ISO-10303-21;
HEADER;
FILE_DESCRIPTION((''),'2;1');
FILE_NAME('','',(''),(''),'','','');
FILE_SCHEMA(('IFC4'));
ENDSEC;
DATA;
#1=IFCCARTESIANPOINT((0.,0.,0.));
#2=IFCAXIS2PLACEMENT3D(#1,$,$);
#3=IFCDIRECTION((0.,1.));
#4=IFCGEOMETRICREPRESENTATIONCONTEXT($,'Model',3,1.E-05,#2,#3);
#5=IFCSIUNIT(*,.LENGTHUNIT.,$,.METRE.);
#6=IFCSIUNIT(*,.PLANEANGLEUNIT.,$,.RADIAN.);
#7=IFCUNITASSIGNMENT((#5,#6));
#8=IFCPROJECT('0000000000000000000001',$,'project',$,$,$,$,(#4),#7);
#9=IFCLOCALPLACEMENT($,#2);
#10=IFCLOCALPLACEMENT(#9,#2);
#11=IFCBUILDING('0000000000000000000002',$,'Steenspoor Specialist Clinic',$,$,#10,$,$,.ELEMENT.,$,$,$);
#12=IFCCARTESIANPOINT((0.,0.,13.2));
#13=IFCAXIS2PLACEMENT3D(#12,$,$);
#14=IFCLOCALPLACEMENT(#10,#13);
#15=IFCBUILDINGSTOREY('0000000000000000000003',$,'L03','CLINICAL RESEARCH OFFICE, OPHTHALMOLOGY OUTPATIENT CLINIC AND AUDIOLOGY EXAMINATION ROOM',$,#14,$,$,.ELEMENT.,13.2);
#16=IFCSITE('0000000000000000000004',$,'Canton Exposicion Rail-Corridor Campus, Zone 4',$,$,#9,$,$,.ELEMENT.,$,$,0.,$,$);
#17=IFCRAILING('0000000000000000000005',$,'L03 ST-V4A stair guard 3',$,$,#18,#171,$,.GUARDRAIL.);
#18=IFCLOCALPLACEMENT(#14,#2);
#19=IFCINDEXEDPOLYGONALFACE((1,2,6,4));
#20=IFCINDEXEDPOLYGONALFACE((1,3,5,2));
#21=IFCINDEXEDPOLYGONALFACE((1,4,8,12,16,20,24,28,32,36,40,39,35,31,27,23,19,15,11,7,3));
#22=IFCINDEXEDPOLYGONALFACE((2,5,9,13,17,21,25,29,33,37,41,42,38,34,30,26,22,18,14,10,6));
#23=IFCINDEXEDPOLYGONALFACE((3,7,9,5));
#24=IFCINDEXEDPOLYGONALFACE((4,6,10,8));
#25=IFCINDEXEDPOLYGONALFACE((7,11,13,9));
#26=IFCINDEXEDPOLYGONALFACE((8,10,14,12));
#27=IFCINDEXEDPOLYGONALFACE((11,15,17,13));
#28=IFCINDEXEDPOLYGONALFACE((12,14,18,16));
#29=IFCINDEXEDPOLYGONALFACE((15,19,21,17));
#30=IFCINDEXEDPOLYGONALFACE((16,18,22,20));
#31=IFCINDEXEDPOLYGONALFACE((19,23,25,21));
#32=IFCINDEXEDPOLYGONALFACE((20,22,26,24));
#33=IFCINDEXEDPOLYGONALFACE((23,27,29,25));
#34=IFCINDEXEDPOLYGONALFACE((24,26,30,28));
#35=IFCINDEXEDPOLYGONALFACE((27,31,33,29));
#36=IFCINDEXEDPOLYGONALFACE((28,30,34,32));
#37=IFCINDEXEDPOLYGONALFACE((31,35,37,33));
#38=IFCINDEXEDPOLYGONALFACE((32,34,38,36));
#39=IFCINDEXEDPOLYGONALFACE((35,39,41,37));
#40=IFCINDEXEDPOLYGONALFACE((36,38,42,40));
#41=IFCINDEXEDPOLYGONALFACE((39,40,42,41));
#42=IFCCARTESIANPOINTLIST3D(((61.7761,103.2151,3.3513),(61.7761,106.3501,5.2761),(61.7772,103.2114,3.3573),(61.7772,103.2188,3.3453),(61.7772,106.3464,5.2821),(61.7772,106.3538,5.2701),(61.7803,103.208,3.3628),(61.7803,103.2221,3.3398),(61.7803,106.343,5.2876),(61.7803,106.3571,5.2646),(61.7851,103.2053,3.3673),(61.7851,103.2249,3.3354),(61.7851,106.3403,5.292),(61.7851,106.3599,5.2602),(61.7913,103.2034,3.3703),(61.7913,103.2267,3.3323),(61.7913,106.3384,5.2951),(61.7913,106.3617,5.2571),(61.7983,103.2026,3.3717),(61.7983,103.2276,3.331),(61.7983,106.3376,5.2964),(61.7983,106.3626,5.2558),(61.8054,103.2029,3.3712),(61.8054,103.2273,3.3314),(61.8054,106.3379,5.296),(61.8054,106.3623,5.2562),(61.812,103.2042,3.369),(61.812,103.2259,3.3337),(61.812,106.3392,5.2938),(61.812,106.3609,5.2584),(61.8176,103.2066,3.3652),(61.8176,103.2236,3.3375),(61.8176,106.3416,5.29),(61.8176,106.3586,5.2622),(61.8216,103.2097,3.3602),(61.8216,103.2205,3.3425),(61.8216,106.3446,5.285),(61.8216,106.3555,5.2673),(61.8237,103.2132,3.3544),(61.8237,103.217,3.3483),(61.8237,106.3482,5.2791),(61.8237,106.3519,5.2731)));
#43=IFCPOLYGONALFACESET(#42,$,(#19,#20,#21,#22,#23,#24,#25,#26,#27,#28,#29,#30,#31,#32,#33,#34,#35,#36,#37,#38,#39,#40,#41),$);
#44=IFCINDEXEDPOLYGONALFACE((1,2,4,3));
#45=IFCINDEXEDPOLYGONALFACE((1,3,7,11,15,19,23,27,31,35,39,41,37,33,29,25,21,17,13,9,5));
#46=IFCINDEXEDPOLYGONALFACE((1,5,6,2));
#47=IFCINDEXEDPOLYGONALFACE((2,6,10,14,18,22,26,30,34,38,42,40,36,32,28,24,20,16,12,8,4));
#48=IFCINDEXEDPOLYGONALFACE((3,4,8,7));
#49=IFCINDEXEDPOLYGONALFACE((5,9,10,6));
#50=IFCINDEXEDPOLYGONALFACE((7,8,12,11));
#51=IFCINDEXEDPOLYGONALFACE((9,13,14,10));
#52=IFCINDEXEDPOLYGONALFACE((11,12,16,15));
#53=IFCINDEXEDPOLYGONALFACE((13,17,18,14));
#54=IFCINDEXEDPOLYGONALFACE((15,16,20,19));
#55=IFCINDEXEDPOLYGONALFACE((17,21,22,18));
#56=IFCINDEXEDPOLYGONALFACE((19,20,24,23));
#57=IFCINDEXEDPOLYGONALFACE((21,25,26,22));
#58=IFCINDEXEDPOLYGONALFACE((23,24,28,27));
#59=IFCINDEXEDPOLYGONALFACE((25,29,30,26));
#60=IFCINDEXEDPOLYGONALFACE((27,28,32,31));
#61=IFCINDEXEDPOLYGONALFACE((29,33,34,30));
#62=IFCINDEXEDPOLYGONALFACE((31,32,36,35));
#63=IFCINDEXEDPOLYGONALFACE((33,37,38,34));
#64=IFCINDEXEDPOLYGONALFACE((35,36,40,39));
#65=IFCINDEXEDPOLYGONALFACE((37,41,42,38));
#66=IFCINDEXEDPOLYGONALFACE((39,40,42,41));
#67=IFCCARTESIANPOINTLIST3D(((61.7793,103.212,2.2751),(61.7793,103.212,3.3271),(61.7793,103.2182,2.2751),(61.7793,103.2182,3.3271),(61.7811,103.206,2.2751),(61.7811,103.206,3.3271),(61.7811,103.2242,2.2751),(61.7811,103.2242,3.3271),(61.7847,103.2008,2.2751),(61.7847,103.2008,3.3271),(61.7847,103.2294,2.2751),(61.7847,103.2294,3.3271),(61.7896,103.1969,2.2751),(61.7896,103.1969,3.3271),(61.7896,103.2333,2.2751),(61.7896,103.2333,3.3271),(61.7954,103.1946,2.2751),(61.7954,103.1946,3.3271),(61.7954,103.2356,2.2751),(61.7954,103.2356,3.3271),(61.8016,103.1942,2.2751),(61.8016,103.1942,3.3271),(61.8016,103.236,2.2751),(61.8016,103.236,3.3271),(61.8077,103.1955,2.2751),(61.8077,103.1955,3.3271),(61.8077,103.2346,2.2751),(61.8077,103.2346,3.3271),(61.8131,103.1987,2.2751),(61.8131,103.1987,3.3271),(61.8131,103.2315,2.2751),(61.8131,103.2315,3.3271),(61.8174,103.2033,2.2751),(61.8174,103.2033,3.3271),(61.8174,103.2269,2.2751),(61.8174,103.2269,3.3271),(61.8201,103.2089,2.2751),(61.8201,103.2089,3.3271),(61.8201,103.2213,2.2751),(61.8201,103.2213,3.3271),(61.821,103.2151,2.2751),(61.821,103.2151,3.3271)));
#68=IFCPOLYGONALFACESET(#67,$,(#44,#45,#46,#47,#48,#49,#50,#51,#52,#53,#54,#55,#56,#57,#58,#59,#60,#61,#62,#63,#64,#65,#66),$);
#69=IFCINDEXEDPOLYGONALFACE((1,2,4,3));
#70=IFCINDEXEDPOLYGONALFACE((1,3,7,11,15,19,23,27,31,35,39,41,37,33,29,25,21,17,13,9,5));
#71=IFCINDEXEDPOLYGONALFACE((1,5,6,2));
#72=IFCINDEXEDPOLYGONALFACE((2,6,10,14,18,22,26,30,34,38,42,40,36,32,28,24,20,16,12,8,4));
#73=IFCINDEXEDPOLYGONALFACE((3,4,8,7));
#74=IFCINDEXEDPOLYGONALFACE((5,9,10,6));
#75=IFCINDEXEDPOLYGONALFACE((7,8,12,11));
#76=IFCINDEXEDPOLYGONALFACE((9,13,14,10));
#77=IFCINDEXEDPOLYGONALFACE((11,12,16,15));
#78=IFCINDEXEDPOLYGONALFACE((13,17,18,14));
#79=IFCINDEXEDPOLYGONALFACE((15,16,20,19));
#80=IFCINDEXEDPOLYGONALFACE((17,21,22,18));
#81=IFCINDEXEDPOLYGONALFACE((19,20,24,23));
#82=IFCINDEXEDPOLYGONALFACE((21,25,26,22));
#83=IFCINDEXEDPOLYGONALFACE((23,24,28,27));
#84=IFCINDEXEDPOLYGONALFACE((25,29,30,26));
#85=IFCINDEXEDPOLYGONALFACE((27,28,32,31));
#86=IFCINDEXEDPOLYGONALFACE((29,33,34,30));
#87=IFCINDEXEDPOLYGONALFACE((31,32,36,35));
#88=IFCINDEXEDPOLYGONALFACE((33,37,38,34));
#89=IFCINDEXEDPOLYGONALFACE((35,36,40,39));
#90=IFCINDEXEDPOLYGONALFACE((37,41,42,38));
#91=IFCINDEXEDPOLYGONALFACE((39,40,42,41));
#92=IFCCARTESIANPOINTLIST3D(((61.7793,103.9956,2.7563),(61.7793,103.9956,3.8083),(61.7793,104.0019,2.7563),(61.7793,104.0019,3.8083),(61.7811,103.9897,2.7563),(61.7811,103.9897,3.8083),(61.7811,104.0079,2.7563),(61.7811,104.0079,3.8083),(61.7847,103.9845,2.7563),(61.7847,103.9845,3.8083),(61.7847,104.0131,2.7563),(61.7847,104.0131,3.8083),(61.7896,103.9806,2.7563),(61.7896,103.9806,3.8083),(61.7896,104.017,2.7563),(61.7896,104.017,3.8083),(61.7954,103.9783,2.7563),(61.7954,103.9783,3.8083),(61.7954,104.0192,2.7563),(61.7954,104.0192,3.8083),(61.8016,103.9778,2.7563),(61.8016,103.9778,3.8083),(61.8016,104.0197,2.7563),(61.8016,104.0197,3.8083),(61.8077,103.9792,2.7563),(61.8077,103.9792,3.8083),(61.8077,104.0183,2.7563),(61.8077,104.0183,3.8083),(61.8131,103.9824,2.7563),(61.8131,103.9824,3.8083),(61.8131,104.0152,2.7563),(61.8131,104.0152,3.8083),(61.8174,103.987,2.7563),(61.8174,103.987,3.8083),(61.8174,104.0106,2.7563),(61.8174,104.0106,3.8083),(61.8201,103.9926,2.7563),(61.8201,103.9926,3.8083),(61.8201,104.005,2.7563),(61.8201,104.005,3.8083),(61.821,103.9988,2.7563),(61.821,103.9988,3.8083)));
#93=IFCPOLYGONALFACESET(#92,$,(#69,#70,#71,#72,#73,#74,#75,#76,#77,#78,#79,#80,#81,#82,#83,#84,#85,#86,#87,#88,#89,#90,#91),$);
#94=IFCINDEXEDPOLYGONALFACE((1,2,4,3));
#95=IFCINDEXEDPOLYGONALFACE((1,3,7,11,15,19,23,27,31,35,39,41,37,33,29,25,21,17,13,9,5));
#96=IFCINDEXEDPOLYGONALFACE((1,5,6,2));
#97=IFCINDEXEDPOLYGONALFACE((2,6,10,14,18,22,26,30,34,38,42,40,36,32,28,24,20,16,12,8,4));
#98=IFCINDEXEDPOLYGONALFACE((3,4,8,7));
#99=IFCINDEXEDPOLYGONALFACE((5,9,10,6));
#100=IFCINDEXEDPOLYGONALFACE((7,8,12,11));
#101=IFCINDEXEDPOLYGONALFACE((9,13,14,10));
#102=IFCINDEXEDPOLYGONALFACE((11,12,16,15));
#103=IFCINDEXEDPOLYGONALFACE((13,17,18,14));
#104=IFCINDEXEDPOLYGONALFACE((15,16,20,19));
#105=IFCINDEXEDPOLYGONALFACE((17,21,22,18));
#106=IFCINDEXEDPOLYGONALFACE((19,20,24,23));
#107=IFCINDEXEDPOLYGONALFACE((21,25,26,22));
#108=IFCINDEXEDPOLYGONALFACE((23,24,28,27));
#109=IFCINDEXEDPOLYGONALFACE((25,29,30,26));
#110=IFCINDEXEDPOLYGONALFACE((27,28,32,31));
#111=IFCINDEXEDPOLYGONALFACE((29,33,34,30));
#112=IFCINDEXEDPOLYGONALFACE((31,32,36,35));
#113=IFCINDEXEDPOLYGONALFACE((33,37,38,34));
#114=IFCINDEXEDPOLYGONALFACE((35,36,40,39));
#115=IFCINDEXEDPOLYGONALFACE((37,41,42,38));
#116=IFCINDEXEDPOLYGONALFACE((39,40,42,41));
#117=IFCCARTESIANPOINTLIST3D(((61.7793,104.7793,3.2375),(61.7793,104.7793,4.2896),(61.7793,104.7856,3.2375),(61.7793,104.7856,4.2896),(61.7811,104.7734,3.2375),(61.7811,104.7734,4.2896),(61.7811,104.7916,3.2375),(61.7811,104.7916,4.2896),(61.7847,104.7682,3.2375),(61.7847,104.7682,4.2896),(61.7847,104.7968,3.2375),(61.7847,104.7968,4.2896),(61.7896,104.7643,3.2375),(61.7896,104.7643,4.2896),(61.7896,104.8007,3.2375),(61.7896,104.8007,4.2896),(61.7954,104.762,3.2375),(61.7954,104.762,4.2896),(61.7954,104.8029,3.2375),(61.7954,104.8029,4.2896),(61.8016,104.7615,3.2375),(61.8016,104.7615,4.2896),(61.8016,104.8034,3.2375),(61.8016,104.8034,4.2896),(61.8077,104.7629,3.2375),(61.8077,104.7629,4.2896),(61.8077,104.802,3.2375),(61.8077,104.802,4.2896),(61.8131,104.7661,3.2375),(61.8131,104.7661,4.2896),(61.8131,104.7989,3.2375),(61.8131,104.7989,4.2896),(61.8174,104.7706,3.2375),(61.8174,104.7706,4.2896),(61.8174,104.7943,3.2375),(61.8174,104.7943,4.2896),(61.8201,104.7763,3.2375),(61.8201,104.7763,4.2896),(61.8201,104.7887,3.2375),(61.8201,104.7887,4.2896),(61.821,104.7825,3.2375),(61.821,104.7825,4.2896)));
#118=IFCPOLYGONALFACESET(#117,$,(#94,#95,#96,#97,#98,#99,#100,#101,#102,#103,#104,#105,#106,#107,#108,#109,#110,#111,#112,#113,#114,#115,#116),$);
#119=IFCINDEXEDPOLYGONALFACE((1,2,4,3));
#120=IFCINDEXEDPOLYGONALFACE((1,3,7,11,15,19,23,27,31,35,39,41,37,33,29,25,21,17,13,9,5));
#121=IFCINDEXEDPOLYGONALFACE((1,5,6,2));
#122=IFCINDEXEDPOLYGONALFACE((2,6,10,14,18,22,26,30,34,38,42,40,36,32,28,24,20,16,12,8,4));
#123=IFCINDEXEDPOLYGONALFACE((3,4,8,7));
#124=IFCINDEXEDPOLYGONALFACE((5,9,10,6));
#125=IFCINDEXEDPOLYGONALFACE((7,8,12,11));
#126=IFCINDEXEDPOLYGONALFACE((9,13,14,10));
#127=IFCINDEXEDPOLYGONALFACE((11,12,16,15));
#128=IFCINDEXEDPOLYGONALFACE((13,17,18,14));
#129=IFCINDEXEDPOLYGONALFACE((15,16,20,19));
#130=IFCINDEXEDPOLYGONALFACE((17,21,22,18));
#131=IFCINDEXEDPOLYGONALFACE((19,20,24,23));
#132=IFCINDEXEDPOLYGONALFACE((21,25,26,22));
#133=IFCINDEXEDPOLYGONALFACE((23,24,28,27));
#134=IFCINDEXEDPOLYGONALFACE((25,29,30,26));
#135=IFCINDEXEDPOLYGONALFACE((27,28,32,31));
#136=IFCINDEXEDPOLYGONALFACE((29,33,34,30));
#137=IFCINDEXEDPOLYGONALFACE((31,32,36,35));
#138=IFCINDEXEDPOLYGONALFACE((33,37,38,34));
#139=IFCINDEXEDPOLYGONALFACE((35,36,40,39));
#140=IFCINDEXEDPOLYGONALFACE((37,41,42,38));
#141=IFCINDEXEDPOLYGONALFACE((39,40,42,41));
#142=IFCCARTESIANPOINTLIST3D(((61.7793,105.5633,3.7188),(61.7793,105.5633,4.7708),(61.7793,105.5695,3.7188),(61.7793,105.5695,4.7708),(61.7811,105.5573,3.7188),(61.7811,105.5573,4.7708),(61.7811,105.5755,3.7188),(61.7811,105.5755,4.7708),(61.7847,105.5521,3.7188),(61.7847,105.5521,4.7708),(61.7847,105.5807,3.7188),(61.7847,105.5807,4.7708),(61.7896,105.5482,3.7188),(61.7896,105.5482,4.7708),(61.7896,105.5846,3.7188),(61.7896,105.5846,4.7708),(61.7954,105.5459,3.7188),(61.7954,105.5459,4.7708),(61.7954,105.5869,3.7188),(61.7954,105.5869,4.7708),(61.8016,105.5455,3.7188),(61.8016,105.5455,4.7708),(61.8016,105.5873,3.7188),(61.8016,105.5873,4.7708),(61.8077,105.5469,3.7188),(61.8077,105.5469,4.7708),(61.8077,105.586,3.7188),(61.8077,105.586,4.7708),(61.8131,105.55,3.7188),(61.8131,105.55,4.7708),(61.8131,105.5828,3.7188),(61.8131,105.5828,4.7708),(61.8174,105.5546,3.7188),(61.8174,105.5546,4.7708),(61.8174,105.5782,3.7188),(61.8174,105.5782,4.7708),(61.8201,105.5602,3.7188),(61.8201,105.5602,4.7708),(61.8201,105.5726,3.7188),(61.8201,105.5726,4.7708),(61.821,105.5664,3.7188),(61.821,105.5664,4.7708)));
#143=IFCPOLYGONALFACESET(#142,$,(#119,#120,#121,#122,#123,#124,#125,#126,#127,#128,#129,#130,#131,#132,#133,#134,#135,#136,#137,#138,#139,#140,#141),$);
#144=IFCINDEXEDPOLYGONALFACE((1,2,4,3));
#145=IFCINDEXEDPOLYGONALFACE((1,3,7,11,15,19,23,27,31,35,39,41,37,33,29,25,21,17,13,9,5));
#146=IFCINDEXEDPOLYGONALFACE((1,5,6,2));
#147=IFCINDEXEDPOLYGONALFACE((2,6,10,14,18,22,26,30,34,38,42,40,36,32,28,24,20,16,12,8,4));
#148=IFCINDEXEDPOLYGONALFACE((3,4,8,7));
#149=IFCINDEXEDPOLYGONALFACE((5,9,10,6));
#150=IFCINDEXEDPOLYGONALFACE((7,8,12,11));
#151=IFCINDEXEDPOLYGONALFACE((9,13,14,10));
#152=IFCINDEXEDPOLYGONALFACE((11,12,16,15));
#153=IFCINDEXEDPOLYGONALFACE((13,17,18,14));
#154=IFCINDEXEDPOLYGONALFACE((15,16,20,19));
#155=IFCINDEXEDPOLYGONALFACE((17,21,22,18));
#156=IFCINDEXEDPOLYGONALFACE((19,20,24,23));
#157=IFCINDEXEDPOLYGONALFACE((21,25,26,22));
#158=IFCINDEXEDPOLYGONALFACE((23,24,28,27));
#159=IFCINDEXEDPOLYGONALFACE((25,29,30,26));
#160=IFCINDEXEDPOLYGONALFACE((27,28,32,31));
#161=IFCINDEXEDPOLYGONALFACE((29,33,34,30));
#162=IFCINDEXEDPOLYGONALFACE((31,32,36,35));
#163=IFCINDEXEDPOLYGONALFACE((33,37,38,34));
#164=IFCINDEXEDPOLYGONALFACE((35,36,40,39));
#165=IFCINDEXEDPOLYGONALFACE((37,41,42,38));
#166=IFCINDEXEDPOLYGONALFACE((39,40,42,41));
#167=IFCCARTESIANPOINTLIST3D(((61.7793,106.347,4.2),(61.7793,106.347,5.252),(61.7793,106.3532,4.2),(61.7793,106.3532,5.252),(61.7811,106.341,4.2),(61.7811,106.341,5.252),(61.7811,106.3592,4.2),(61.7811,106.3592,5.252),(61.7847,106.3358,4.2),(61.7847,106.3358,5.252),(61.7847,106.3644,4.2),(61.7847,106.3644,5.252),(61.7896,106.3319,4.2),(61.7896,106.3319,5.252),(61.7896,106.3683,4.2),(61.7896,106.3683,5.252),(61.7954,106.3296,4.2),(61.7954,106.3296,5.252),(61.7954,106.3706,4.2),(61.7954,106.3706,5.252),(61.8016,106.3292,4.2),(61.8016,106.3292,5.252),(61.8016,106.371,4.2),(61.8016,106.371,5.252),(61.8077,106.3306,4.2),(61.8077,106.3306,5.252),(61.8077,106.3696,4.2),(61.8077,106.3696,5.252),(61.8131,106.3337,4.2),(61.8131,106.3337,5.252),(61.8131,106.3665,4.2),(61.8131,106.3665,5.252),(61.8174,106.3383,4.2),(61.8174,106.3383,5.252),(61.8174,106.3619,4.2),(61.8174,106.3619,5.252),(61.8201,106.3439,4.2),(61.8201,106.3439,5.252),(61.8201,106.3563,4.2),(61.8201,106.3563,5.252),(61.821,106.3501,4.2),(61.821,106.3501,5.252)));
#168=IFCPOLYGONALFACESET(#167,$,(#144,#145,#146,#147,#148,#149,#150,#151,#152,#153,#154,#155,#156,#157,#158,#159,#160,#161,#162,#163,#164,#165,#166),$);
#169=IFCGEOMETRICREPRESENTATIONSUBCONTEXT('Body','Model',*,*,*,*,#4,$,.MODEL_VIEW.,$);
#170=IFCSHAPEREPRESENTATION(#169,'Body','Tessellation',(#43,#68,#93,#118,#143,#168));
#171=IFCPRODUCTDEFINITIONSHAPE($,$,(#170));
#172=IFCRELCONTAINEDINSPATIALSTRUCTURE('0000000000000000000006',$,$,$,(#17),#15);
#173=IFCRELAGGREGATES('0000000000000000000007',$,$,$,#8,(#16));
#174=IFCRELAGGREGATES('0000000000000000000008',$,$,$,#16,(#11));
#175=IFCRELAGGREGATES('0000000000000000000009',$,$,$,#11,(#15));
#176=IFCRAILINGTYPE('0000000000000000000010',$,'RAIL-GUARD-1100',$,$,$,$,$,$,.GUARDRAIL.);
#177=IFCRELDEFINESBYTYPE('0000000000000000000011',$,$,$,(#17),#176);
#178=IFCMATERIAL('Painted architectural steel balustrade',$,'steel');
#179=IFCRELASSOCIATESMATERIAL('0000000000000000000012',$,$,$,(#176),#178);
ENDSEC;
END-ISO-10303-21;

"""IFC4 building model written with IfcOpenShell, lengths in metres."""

from ifc_helpers import new_model, si_unit, direction, frame, origin, origin_2d, place, context, subcontext, project, spatial, circle, extrude, material, type_object, element, save


model = new_model("IFC4")

# Units and contexts
model_context = context("Model", 3, precision=1e-05, world=origin(), true_north=direction((0.0, 1.0)))
body_context = subcontext(model_context, "Body", "Model", "MODEL_VIEW")
ifc_project = project(units=[si_unit("LENGTHUNIT", "METRE"), si_unit("PLANEANGLEUNIT", "RADIAN")], contexts=[model_context])

# Site, building, storey
site_placement = place(None, origin())
site = spatial("IfcSite", under=ifc_project, at=site_placement, Name="Canton Exposicion Rail-Corridor Campus, Zone 4", CompositionType="ELEMENT", RefElevation=0.0)
building_placement = place(site_placement, origin())
building = spatial("IfcBuilding", under=site, at=building_placement, Name="Steenspoor Specialist Clinic", CompositionType="ELEMENT")
storey_placement = place(building_placement, frame((0.0, 0.0, 13.2)))
storey = spatial("IfcBuildingStorey", under=building, at=storey_placement, Name="L03", Description="CLINICAL RESEARCH OFFICE, OPHTHALMOLOGY OUTPATIENT CLINIC AND AUDIOLOGY EXAMINATION ROOM", CompositionType="ELEMENT", Elevation=13.2)

# Railing
ifc_material_1 = material(Name="Painted architectural steel balustrade", Category="steel")
railing_type_1 = type_object("IfcRailingType", Name="RAIL-GUARD-1100", PredefinedType="GUARDRAIL", material=ifc_material_1)
railing_1_placement = place(storey_placement, frame((61.8, 103.2151, 2.2751)))
element("IfcRailing", 1, at=railing_1_placement, inside=storey, type_object=railing_type_1, Name="L03 ST-V4A stair guard 3", PredefinedType="GUARDRAIL", context=body_context, shape_type="SweptSolid", body=[
    extrude(circle(Radius=0.0239, at=origin_2d()), frame((0.0, 0.0, 1.0762), z_axis=(0.0, 0.852196, 0.523223), x_axis=(-1.0, 0.0, 0.0)), (0.0, 0.0, 1.0), 3.6787),
    extrude(circle(Radius=0.021, at=origin_2d()), origin(), (0.0, 0.0, 1.0), 1.052),
    extrude(circle(Radius=0.021, at=origin_2d()), frame((0.0, 0.7837, 0.4812)), (0.0, 0.0, 1.0), 1.052),
    extrude(circle(Radius=0.021, at=origin_2d()), frame((0.0, 1.5674, 0.9624)), (0.0, 0.0, 1.0), 1.052),
    extrude(circle(Radius=0.021, at=origin_2d()), frame((0.0, 2.3513, 1.4436)), (0.0, 0.0, 1.0), 1.052),
    extrude(circle(Radius=0.021, at=origin_2d()), frame((0.0, 3.135, 1.9248)), (0.0, 0.0, 1.0), 1.052),
])

save(model, "model.ifc")
